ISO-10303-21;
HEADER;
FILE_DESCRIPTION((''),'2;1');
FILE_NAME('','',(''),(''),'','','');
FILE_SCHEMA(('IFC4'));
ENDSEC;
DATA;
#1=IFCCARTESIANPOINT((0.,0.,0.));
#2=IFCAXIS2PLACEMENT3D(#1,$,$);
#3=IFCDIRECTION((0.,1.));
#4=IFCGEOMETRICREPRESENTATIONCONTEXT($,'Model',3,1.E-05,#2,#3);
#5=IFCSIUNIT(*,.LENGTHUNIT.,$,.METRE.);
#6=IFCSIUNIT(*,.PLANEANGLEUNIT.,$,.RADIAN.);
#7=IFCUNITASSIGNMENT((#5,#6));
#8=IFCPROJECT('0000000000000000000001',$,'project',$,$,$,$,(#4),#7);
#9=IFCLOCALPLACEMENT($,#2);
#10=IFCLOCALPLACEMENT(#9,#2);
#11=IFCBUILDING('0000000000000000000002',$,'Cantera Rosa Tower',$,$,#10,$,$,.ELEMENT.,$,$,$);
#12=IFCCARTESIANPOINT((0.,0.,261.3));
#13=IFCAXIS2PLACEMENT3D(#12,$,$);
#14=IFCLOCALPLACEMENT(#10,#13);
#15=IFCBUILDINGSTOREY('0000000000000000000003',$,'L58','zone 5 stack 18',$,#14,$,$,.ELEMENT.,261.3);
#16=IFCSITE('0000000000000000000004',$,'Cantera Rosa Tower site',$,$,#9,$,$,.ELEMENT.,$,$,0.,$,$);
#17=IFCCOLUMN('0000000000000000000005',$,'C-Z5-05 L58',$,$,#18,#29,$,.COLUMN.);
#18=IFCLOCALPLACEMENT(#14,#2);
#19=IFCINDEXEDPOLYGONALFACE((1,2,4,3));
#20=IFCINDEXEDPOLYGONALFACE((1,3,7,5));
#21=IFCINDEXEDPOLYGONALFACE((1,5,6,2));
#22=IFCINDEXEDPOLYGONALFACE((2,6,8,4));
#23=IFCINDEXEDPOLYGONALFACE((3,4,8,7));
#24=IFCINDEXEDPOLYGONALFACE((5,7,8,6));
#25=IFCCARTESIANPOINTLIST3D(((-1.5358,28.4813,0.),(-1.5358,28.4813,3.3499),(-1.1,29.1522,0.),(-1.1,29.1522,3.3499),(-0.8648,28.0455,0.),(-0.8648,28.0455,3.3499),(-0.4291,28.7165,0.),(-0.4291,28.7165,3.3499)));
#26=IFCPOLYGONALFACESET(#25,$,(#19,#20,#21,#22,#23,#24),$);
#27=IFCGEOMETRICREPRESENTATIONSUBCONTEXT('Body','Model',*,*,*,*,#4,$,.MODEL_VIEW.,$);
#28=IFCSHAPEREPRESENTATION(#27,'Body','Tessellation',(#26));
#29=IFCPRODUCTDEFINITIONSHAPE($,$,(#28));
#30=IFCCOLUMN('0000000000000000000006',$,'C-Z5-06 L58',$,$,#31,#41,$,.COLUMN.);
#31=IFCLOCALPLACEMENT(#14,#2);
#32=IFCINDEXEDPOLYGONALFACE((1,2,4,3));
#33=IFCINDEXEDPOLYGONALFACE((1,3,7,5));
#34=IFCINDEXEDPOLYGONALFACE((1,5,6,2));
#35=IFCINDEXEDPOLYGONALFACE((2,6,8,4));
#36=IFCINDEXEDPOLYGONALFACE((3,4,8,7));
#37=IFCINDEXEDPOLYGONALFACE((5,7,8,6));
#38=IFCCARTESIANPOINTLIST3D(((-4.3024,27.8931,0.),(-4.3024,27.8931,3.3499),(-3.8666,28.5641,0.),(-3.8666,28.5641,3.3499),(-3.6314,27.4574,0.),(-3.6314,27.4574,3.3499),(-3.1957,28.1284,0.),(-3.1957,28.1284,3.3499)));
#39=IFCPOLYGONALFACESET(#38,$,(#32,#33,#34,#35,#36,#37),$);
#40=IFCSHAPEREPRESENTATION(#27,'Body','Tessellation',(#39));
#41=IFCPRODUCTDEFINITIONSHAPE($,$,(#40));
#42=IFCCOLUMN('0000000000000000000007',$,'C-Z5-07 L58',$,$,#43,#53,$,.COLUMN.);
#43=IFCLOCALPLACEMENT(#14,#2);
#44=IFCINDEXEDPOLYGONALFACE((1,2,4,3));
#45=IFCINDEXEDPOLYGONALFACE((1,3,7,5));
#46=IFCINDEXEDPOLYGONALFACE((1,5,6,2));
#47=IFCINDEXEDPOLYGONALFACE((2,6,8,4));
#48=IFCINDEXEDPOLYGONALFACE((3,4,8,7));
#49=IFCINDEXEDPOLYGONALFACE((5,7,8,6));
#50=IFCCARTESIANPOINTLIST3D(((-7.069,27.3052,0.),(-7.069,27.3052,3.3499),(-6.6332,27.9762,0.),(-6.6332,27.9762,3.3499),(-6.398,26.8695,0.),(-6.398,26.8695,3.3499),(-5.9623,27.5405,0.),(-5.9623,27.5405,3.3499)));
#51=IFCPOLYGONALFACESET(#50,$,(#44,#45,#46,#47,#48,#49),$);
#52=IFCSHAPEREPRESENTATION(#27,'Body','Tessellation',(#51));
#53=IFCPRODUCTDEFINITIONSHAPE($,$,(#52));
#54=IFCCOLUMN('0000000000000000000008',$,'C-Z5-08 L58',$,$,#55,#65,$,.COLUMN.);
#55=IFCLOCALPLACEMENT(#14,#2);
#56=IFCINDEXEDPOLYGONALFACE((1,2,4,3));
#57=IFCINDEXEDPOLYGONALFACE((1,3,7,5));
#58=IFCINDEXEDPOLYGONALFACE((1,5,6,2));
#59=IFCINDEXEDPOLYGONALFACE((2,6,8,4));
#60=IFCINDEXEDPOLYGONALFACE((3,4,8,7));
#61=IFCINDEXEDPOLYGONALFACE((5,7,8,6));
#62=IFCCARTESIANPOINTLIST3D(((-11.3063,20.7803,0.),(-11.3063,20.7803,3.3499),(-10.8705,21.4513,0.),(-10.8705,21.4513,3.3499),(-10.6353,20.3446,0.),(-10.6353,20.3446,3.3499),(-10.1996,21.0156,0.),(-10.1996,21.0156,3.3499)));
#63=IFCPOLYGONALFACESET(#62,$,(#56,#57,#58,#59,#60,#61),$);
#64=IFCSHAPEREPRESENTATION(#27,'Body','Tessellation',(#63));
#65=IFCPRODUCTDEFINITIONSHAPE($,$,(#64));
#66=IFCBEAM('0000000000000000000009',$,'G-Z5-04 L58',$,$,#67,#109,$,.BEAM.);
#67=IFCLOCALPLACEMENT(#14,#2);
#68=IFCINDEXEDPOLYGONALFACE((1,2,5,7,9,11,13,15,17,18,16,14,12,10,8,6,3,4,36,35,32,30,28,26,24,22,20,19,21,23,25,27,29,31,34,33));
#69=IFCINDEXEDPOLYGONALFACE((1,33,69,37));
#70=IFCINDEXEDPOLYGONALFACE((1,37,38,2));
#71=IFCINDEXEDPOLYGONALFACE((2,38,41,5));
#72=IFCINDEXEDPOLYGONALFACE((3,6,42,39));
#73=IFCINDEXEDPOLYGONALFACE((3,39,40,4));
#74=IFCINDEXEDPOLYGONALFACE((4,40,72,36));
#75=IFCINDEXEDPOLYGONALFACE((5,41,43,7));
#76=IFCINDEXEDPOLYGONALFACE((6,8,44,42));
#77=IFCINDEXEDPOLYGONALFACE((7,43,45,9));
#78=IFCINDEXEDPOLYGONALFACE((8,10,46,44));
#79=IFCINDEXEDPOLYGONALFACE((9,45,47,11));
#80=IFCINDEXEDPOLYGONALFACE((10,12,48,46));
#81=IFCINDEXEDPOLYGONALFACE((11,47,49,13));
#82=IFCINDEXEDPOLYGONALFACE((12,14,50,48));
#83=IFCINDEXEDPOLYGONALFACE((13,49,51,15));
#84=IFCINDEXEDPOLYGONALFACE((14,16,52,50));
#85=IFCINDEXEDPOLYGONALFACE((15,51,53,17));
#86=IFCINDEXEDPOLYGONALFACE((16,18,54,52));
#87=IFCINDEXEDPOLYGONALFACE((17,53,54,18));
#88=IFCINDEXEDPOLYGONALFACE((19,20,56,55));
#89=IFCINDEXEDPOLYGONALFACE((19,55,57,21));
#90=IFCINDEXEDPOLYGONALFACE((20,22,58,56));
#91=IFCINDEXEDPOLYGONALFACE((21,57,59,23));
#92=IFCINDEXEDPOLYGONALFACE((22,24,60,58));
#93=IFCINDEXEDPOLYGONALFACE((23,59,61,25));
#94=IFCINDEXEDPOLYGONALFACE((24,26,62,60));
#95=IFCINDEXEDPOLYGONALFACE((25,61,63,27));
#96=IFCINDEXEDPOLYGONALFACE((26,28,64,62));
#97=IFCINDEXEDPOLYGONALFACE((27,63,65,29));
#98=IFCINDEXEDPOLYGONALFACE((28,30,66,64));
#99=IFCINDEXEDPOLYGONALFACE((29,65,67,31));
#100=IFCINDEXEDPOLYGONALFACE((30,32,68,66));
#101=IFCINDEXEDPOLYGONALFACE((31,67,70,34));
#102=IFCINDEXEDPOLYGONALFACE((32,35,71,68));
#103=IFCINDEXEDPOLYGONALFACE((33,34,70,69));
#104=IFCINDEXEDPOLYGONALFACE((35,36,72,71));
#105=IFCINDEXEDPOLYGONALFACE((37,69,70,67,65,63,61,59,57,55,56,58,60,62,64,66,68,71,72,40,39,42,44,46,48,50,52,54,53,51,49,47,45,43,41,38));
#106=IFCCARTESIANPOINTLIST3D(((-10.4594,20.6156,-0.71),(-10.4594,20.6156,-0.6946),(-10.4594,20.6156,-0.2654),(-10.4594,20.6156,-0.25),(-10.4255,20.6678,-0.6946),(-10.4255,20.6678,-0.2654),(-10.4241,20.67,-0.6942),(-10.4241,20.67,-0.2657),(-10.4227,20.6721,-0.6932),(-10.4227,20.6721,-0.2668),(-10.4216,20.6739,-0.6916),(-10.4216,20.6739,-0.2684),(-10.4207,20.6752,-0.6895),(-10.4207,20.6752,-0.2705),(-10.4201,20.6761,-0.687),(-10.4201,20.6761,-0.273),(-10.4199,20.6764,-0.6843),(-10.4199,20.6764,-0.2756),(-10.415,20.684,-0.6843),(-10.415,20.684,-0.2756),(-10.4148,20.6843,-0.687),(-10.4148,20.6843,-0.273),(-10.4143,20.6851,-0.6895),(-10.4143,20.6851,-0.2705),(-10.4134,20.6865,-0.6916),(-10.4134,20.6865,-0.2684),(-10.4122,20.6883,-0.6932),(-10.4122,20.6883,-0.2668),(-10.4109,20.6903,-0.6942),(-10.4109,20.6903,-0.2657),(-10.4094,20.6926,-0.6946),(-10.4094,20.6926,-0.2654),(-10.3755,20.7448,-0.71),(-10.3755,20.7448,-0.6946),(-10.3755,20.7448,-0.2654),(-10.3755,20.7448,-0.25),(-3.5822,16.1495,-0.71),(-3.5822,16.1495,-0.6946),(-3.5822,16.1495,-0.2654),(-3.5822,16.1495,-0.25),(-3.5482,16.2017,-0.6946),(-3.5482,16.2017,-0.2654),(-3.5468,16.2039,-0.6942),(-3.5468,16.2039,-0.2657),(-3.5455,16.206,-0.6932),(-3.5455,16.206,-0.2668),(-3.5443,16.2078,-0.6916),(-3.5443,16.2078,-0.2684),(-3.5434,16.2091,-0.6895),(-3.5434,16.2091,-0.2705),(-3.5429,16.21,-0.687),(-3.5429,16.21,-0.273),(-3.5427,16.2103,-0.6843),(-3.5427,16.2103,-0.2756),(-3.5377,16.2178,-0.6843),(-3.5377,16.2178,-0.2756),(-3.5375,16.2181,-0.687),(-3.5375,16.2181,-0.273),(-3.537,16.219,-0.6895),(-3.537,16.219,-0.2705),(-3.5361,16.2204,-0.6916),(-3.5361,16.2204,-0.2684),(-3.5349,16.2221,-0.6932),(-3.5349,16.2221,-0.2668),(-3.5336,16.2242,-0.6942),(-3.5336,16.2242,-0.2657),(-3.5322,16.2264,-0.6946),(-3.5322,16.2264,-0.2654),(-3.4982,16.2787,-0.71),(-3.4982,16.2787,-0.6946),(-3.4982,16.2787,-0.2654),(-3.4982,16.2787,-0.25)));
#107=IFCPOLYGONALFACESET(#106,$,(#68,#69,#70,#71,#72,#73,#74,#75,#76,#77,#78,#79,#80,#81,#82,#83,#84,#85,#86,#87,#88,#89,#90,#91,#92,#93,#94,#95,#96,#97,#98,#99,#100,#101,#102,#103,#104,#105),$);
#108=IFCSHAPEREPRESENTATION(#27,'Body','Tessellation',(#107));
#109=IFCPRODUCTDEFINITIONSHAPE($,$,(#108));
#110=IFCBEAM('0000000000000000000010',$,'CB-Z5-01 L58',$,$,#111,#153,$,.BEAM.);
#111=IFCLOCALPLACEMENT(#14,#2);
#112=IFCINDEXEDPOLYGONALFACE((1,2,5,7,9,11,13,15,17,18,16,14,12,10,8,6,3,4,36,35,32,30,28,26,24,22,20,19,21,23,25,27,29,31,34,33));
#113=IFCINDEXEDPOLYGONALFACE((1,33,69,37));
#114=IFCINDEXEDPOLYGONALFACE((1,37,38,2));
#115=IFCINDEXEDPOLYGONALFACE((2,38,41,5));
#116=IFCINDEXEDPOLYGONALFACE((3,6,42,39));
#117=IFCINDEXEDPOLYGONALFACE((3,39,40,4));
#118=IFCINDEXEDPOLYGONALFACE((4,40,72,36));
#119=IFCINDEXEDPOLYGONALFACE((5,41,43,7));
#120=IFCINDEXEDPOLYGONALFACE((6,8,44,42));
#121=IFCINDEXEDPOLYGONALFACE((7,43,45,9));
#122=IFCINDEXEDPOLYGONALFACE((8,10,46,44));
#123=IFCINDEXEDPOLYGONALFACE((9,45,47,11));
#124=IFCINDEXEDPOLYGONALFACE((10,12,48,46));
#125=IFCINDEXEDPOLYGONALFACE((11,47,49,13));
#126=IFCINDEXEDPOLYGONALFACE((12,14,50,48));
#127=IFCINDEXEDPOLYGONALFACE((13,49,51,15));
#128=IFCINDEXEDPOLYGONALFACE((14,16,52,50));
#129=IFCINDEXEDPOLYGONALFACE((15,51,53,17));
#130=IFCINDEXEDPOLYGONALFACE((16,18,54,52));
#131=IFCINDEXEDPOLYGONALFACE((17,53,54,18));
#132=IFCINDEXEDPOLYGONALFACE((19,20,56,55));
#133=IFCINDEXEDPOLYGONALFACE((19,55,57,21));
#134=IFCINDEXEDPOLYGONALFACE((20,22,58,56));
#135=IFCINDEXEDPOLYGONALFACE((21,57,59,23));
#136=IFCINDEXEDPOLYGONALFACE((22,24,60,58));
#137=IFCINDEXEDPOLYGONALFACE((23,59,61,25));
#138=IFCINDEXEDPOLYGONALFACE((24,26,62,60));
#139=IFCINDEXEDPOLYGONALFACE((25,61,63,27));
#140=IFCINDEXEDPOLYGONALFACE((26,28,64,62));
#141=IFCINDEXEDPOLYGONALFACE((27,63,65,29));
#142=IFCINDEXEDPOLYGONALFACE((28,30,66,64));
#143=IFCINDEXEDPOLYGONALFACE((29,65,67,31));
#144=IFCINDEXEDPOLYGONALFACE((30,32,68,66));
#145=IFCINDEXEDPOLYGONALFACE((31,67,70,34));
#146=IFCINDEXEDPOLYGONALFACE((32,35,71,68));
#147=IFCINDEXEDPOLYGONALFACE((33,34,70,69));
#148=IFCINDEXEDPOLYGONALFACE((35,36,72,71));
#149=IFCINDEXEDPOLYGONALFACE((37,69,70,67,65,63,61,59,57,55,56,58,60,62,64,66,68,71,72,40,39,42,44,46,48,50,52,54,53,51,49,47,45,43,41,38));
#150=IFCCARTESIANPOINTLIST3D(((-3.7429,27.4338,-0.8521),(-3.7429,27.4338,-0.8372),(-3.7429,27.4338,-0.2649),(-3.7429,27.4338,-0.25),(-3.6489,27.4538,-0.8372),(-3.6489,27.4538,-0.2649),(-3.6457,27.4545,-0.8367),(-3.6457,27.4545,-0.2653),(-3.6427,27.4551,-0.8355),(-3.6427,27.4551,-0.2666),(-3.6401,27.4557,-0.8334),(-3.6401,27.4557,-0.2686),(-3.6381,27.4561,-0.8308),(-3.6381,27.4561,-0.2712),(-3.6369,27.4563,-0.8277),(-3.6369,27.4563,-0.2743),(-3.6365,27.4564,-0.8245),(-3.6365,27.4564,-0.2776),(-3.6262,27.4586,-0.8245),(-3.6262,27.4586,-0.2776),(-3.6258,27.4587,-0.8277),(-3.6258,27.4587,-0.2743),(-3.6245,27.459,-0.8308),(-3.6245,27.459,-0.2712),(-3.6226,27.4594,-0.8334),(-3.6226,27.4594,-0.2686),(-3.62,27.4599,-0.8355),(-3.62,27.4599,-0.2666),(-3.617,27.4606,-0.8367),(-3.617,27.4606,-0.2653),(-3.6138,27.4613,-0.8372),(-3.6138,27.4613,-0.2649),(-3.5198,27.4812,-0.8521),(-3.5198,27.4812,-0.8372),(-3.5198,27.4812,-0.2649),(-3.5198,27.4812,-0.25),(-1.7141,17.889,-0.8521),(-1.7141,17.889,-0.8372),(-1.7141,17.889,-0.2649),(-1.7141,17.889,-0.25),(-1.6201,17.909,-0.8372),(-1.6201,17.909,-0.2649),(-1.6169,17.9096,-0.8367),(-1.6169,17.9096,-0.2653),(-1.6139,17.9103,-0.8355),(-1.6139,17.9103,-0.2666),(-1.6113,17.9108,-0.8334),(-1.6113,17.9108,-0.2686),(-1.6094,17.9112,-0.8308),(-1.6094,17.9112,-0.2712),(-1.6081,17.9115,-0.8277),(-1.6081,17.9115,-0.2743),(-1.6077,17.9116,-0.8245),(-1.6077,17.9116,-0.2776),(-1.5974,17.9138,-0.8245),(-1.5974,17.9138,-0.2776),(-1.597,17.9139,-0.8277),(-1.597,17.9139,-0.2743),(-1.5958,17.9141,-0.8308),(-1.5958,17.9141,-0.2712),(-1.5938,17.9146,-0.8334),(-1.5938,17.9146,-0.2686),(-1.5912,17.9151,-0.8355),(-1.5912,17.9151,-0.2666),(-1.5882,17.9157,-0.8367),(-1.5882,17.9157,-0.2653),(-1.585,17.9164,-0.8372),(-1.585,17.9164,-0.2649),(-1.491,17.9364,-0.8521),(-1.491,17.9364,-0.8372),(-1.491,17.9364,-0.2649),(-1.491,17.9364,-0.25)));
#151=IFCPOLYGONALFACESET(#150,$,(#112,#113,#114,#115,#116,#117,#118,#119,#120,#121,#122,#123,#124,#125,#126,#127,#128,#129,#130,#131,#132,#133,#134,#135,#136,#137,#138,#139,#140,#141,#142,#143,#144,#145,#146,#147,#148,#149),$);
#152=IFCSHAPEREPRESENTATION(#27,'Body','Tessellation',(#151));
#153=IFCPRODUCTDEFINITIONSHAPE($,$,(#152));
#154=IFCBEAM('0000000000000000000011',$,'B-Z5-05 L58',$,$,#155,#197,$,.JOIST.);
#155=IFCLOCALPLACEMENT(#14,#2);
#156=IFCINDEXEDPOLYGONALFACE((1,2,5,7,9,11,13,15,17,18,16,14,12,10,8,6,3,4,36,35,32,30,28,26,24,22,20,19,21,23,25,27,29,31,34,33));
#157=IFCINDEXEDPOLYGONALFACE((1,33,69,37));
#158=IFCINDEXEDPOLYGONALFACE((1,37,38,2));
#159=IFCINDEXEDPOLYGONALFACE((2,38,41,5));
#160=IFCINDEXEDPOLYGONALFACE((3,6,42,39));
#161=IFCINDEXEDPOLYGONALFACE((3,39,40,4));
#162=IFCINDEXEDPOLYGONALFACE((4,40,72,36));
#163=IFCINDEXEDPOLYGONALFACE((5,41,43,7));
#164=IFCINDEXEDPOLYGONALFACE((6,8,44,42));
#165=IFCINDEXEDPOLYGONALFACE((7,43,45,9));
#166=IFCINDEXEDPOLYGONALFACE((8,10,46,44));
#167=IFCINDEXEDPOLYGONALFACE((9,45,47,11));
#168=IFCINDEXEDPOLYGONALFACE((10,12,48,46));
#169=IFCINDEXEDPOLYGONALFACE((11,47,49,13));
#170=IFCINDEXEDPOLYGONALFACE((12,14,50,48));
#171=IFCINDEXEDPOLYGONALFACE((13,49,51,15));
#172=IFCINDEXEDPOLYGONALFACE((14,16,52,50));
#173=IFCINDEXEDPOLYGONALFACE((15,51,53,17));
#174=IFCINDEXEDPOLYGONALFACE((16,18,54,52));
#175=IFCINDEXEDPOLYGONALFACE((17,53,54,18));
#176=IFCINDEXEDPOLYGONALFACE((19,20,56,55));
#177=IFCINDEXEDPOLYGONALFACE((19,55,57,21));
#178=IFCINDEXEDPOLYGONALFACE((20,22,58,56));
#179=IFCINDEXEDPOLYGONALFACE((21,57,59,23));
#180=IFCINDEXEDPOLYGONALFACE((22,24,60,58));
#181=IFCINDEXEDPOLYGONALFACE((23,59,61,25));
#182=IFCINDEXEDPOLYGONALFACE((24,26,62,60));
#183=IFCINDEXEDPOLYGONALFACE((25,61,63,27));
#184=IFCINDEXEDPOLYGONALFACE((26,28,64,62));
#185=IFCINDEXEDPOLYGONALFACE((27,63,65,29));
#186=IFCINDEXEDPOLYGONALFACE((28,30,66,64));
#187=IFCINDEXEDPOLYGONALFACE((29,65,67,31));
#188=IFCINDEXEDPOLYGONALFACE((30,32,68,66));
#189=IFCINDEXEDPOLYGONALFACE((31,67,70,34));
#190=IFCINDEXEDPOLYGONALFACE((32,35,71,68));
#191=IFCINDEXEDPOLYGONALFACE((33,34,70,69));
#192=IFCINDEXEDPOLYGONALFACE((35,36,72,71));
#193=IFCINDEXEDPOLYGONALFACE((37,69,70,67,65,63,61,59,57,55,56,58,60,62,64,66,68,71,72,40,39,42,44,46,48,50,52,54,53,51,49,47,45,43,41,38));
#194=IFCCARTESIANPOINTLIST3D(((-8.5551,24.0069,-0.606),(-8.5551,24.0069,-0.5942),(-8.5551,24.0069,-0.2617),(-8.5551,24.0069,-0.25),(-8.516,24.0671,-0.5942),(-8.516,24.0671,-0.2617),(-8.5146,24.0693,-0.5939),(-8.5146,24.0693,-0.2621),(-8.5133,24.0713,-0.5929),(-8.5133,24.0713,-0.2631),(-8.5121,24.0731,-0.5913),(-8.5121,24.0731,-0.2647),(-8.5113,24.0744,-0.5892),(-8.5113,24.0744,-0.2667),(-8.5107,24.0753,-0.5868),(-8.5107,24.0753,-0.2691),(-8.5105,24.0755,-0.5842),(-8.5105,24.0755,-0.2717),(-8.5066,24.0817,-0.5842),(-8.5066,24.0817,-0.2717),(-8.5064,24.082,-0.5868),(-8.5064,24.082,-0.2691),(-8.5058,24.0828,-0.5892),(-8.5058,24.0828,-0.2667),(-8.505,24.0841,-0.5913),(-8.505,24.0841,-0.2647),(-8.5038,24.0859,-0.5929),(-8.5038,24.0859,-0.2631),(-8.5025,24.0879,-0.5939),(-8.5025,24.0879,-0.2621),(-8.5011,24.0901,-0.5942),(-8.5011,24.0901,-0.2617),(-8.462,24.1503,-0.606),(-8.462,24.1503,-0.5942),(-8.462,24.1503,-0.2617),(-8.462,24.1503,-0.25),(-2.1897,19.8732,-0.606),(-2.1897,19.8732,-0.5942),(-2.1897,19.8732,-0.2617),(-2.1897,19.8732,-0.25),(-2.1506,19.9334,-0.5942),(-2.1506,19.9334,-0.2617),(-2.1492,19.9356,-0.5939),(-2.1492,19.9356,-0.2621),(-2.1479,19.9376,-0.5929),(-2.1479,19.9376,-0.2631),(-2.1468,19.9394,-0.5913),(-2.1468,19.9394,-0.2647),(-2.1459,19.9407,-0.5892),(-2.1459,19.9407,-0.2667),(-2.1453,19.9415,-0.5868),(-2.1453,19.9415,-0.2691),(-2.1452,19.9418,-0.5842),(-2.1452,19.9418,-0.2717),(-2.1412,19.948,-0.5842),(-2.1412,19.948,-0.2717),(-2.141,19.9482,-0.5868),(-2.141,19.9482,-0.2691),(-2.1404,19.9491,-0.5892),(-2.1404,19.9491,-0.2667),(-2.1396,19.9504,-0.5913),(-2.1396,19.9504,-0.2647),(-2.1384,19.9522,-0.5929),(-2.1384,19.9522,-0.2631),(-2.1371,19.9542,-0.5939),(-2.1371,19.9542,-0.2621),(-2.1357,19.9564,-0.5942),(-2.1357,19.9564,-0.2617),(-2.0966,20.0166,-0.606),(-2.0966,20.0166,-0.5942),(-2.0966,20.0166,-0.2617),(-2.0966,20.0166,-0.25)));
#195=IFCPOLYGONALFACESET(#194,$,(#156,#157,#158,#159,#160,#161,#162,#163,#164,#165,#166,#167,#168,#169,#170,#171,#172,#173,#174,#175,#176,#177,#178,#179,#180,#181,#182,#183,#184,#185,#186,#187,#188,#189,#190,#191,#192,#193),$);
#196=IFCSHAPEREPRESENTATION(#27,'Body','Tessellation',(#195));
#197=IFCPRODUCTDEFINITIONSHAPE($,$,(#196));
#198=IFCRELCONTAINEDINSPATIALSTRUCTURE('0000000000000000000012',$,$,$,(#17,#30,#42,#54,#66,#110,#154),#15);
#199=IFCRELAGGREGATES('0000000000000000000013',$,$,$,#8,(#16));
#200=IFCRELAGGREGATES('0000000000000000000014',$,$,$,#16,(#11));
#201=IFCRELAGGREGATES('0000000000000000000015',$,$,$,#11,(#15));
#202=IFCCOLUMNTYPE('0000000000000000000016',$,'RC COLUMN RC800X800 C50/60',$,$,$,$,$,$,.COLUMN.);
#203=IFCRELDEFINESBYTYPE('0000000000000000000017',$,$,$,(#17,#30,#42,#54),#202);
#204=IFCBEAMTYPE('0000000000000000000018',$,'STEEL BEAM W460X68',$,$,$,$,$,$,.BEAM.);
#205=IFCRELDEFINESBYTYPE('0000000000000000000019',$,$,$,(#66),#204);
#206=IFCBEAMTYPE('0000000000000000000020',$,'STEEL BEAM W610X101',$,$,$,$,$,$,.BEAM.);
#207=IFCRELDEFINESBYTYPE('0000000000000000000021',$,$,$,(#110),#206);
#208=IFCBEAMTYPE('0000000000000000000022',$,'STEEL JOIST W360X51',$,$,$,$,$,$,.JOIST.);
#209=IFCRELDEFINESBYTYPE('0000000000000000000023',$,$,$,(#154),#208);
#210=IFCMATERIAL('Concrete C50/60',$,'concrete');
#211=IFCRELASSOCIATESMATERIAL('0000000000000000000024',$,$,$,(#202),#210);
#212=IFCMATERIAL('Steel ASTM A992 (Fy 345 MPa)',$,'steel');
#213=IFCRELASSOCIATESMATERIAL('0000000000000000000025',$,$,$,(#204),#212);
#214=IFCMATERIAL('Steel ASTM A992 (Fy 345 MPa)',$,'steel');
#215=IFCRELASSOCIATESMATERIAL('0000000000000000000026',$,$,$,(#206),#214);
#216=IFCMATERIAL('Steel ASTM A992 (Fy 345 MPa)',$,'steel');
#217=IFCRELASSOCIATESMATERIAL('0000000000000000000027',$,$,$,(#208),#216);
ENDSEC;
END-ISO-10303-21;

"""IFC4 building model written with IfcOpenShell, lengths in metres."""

from ifc_helpers import new_model, si_unit, direction, frame, origin, origin_2d, place, context, subcontext, project, spatial, rectangle, i_section, extrude, material, material_profile, profile_set, type_object, element, save


model = new_model("IFC4")

# Units and contexts
model_context = context("Model", 3, precision=1e-05, world=origin(), true_north=direction((0.0, 1.0)))
body_context = subcontext(model_context, "Body", "Model", "MODEL_VIEW")
ifc_project = project(units=[si_unit("LENGTHUNIT", "METRE"), si_unit("PLANEANGLEUNIT", "RADIAN")], contexts=[model_context])

# Site, building, storey
site_placement = place(None, origin())
site = spatial("IfcSite", under=ifc_project, at=site_placement, Name="Cantera Rosa Tower site", CompositionType="ELEMENT", RefElevation=0.0)
building_placement = place(site_placement, origin())
building = spatial("IfcBuilding", under=site, at=building_placement, Name="Cantera Rosa Tower", CompositionType="ELEMENT")
storey_placement = place(building_placement, frame((0.0, 0.0, 261.3)))
storey = spatial("IfcBuildingStorey", under=building, at=storey_placement, Name="L58", Description="zone 5 stack 18", CompositionType="ELEMENT", Elevation=261.3)

# Columns
ifc_material_1 = material(Name="Concrete C50/60", Category="concrete")
ifc_material_profile_1 = material_profile(ifc_material_1, rectangle(XDim=0.8, YDim=0.8, at=origin_2d()), Name="RC COLUMN RC800X800 C50/60")
ifc_profile_set_1 = profile_set([ifc_material_profile_1], Name="Concrete C50/60")
column_type = type_object("IfcColumnType", Name="RC COLUMN RC800X800 C50/60", PredefinedType="COLUMN", material=ifc_profile_set_1)
for number, where, z_axis, x_axis, name in (
    (1, (-0.9824, 28.5989, 0.0), (0.0, 0.0, 1.0), (0.544639, 0.838671, 0.0), "C-Z5-05 L58"),
    (2, (-3.749, 28.0107, 0.0), (0.0, 0.0, 1.0), (0.544639, 0.838671, 0.0), "C-Z5-06 L58"),
    (3, (-6.5156, 27.4229, 0.0), (0.0, 0.0, 1.0), (0.544639, 0.838671, 0.0), "C-Z5-07 L58"),
    (4, (-10.7529, 20.8979, 0.0), (0.0, 0.0, 1.0), (0.544639, 0.838671, 0.0), "C-Z5-08 L58"),
):
    element("IfcColumn", number, at=place(storey_placement, frame(where, z_axis=z_axis, x_axis=x_axis)), inside=storey, type_object=column_type, Name=name, PredefinedType="COLUMN", context=body_context, shape_type="SweptSolid", body=[
        extrude(rectangle(XDim=0.8, YDim=0.8, at=origin_2d()), origin(), (0.0, 0.0, 1.0), 3.3499),
    ])

# Beams
ifc_material_2 = material(Name="Steel ASTM A992 (Fy 345 MPa)", Category="steel")
ifc_material_profile_2 = material_profile(ifc_material_2, i_section(OverallWidth=0.1541, OverallDepth=0.46, WebThickness=0.009, FlangeThickness=0.0154, FilletRadius=0.0103, at=origin_2d()), Name="W460X68")
ifc_profile_set_2 = profile_set([ifc_material_profile_2], Name="Steel ASTM A992 (Fy 345 MPa)")
beam_type_1 = type_object("IfcBeamType", Name="STEEL BEAM W460X68", PredefinedType="BEAM", material=ifc_profile_set_2)
beam_1_placement = place(storey_placement, frame((-10.4175, 20.6802, -0.48), z_axis=(0.838673, -0.544636, 0.0), x_axis=(0.544636, 0.838673, 0.0)))
element("IfcBeam", 5, at=beam_1_placement, inside=storey, type_object=beam_type_1, Name="G-Z5-04 L58", PredefinedType="BEAM", context=body_context, shape_type="SweptSolid", body=[
    extrude(i_section(OverallWidth=0.1541, OverallDepth=0.46, WebThickness=0.009, FlangeThickness=0.0154, FilletRadius=0.0103, at=origin_2d()), origin(), (0.0, 0.0, 1.0), 8.2002),
])
ifc_material_3 = material(Name="Steel ASTM A992 (Fy 345 MPa)", Category="steel")
ifc_material_profile_3 = material_profile(ifc_material_3, i_section(OverallWidth=0.228, OverallDepth=0.6021, WebThickness=0.0105, FlangeThickness=0.0149, FilletRadius=0.0127, at=origin_2d()), Name="W610X101")
ifc_profile_set_3 = profile_set([ifc_material_profile_3], Name="Steel ASTM A992 (Fy 345 MPa)")
beam_type_2 = type_object("IfcBeamType", Name="STEEL BEAM W610X101", PredefinedType="BEAM", material=ifc_profile_set_3)
beam_2_placement = place(storey_placement, frame((-3.6313, 27.4575, -0.551), z_axis=(0.207909, -0.978148, 0.0), x_axis=(0.978148, 0.207909, 0.0)))
element("IfcBeam", 6, at=beam_2_placement, inside=storey, type_object=beam_type_2, Name="CB-Z5-01 L58", PredefinedType="BEAM", context=body_context, shape_type="SweptSolid", body=[
    extrude(i_section(OverallWidth=0.228, OverallDepth=0.6021, WebThickness=0.0105, FlangeThickness=0.0149, FilletRadius=0.0127, at=origin_2d()), origin(), (0.0, 0.0, 1.0), 9.7581),
])
ifc_material_4 = material(Name="Steel ASTM A992 (Fy 345 MPa)", Category="steel")
ifc_material_profile_4 = material_profile(ifc_material_4, i_section(OverallWidth=0.1709, OverallDepth=0.356, WebThickness=0.0073, FlangeThickness=0.0117, FilletRadius=0.01, at=origin_2d()), Name="W360X51")
ifc_profile_set_4 = profile_set([ifc_material_profile_4], Name="Steel ASTM A992 (Fy 345 MPa)")
beam_type_3 = type_object("IfcBeamType", Name="STEEL JOIST W360X51", PredefinedType="JOIST", material=ifc_profile_set_4)
beam_3_placement = place(storey_placement, frame((-8.5085, 24.0786, -0.428), z_axis=(0.838671, -0.544639, 0.0), x_axis=(0.544639, 0.838671, 0.0)))
element("IfcBeam", 7, at=beam_3_placement, inside=storey, type_object=beam_type_3, Name="B-Z5-05 L58", PredefinedType="JOIST", context=body_context, shape_type="SweptSolid", body=[
    extrude(i_section(OverallWidth=0.1709, OverallDepth=0.356, WebThickness=0.0073, FlangeThickness=0.0117, FilletRadius=0.01, at=origin_2d()), origin(), (0.0, 0.0, 1.0), 7.5898),
])

save(model, "model.ifc")
